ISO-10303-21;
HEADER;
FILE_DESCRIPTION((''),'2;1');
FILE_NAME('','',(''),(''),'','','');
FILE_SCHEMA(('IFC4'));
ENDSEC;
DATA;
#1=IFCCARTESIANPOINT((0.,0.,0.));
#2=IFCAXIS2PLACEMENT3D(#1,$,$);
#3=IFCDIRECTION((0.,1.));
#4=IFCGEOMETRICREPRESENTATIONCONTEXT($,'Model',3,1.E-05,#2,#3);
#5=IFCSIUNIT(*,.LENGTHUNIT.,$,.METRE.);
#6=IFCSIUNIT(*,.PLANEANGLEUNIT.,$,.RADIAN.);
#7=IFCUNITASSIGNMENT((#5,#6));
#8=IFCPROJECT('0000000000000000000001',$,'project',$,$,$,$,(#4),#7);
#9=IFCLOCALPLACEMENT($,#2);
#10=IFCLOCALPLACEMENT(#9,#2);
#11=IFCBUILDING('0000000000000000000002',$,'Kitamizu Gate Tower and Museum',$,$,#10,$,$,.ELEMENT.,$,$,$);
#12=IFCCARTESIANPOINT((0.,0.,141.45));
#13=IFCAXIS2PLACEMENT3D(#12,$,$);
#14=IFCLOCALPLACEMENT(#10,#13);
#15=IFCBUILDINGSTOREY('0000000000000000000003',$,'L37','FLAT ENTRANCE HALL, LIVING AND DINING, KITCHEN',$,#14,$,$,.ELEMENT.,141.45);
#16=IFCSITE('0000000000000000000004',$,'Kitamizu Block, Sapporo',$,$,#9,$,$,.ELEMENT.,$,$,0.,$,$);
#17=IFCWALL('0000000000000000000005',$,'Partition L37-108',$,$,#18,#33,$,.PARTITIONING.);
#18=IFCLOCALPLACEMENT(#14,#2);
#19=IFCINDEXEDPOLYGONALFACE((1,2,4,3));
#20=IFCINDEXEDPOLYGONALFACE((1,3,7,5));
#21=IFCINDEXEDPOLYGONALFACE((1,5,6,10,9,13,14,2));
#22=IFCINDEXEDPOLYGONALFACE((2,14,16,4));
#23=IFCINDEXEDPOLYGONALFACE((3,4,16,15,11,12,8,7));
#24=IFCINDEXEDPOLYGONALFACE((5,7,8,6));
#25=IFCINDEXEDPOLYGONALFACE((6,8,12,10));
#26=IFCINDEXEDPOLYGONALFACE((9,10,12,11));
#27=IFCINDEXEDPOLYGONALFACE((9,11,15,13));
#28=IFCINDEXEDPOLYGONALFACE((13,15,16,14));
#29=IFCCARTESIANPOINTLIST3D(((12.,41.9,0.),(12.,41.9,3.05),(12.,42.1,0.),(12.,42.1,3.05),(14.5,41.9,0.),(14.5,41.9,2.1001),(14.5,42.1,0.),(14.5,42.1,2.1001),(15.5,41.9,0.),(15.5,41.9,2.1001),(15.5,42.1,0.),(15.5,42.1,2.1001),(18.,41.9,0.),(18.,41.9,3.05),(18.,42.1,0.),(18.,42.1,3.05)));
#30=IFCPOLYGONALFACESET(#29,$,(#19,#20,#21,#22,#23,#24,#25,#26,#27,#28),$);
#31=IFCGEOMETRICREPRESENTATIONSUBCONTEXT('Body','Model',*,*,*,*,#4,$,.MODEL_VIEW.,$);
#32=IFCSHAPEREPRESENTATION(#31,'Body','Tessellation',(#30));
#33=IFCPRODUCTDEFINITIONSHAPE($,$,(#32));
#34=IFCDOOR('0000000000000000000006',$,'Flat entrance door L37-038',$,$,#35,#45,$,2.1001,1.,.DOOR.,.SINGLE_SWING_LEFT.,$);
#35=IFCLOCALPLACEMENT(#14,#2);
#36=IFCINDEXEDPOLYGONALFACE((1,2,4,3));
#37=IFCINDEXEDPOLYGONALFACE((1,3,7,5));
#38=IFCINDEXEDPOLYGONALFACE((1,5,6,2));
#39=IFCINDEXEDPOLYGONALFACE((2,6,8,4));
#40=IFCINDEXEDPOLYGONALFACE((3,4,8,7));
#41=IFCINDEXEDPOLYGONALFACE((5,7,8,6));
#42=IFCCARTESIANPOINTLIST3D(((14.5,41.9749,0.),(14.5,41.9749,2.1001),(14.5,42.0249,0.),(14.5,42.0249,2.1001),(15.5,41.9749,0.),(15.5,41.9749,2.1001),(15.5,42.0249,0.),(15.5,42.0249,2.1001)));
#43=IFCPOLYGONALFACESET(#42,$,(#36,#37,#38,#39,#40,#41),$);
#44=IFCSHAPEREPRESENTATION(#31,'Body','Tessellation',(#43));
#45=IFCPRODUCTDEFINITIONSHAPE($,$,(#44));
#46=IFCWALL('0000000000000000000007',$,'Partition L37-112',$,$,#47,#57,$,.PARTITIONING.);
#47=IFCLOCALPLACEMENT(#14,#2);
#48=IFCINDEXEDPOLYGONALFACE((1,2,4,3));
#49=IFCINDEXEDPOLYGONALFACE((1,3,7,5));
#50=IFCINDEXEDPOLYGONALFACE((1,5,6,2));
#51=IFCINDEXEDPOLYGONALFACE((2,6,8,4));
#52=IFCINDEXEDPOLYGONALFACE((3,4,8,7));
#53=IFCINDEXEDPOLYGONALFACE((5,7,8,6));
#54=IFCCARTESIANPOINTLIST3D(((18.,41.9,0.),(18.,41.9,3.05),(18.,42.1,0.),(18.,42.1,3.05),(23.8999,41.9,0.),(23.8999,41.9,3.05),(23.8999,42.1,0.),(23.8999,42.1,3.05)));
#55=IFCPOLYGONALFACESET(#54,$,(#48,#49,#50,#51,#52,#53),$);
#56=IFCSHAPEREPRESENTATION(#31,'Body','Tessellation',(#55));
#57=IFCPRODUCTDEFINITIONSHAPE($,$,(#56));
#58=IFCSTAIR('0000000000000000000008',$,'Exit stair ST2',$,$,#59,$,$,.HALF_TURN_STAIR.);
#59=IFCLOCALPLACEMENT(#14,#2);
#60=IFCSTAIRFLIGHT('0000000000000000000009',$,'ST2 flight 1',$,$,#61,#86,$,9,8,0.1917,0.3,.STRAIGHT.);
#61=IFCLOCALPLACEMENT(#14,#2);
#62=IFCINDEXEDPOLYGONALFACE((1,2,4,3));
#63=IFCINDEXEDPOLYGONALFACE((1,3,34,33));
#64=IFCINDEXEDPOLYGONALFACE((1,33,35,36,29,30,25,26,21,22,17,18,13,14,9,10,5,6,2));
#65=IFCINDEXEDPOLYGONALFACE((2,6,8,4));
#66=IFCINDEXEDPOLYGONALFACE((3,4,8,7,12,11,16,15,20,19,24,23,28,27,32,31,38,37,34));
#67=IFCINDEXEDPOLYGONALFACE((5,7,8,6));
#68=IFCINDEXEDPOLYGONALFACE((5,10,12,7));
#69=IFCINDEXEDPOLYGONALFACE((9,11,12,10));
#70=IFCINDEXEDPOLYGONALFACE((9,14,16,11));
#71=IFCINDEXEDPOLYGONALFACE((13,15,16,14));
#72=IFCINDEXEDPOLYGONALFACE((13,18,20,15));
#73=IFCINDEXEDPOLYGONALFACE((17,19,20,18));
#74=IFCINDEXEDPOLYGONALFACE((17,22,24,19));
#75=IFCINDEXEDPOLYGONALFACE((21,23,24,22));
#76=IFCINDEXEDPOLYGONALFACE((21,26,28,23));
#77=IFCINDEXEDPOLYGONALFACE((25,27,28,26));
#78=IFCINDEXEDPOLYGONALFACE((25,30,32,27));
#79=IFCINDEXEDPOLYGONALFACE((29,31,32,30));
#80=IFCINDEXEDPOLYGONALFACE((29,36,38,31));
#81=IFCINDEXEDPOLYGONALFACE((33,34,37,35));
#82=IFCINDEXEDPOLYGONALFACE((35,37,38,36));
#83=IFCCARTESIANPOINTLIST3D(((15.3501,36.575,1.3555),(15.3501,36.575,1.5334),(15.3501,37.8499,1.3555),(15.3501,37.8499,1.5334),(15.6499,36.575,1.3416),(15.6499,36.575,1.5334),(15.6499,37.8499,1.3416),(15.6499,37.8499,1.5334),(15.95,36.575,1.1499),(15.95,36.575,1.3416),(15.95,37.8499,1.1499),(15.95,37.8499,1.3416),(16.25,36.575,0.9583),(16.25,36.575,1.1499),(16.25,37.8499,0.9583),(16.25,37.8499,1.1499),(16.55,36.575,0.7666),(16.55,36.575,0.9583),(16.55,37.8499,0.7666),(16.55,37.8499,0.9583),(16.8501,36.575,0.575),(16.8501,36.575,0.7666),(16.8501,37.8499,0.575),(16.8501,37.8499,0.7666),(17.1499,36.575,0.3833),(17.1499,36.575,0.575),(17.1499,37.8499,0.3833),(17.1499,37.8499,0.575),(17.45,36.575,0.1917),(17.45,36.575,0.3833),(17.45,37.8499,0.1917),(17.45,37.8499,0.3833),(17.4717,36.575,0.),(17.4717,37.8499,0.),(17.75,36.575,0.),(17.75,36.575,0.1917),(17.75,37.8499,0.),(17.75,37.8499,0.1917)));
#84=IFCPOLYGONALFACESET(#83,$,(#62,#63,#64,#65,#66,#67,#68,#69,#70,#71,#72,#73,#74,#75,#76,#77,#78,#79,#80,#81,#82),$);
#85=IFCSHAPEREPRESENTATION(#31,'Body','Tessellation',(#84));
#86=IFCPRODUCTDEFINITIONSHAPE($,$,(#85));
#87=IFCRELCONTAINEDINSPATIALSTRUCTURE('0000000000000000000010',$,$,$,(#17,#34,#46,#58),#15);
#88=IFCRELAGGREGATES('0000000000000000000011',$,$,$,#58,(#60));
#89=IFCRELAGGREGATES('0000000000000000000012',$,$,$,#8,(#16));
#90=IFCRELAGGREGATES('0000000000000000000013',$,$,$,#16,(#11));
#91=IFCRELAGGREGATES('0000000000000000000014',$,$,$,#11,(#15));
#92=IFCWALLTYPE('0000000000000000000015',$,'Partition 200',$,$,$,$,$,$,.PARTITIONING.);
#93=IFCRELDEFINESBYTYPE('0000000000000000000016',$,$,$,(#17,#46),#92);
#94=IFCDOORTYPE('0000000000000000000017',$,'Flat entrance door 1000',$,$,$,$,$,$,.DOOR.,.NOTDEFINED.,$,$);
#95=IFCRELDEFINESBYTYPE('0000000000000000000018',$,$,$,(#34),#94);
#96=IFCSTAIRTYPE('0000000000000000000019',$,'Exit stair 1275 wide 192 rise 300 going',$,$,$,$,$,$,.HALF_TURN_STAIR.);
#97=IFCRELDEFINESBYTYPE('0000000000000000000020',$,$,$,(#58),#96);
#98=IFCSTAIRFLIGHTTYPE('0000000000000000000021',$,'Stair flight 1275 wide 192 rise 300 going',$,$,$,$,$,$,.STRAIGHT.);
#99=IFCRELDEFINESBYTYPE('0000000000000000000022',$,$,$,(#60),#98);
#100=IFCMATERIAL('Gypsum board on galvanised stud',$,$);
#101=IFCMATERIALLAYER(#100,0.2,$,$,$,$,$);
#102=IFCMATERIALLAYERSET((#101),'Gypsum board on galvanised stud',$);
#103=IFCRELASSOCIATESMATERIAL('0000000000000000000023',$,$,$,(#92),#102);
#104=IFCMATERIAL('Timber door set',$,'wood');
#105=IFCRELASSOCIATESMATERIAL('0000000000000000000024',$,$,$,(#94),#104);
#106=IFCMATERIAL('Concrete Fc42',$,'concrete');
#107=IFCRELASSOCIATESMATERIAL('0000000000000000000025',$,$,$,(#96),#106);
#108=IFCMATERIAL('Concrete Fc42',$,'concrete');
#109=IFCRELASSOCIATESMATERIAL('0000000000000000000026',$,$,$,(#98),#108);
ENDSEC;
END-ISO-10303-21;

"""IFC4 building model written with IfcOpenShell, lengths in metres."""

from ifc_helpers import new_model, si_unit, direction, frame, frame_2d, origin, place, context, subcontext, project, spatial, polyline, rectangle, outline, extrude, material, layer, layer_set, type_object, element, fill, aggregate, save


model = new_model("IFC4")

# Units and contexts
model_context = context("Model", 3, precision=1e-05, world=origin(), true_north=direction((0.0, 1.0)))
body_context = subcontext(model_context, "Body", "Model", "MODEL_VIEW")
ifc_project = project(units=[si_unit("LENGTHUNIT", "METRE"), si_unit("PLANEANGLEUNIT", "RADIAN")], contexts=[model_context])

# Site, building, storey
site_placement = place(None, origin())
site = spatial("IfcSite", under=ifc_project, at=site_placement, Name="Kitamizu Block, Sapporo", CompositionType="ELEMENT", RefElevation=0.0)
building_placement = place(site_placement, origin())
building = spatial("IfcBuilding", under=site, at=building_placement, Name="Kitamizu Gate Tower and Museum", CompositionType="ELEMENT")
storey_placement = place(building_placement, frame((0.0, 0.0, 141.45)))
storey = spatial("IfcBuildingStorey", under=building, at=storey_placement, Name="L37", Description="FLAT ENTRANCE HALL, LIVING AND DINING, KITCHEN", CompositionType="ELEMENT", Elevation=141.45)

# Shared definitions
ifc_material_1 = material(Name="Gypsum board on galvanised stud")
ifc_layer_1 = layer(ifc_material_1, 0.2)
ifc_layer_set_1 = layer_set([ifc_layer_1], Name="Gypsum board on galvanised stud")
wall_type_1 = type_object("IfcWallType", Name="Partition 200", PredefinedType="PARTITIONING", material=ifc_layer_set_1)

# Wall, opening, door
wall_1_placement = place(storey_placement, frame((12.0, 42.0, 0.0), z_axis=(0.0, 0.0, 1.0), x_axis=(1.0, 0.0, 0.0)))
wall_1 = element("IfcWall", 1, at=wall_1_placement, inside=storey, type_object=wall_type_1, Name="Partition L37-108", PredefinedType="PARTITIONING", context=body_context, shape_type="SweptSolid", body=[
    extrude(rectangle(XDim=6.0, YDim=0.2, at=frame_2d((3.0, 0.0))), origin(), (0.0, 0.0, 1.0), 3.05),
])
opening_1_placement = place(wall_1_placement, frame((2.5, 0.0, 0.0)))
opening_1 = element("IfcOpeningElement", 2, at=opening_1_placement, cuts=wall_1, PredefinedType="OPENING", context=body_context, shape_type="SweptSolid", body=[
    extrude(rectangle(XDim=1.0, YDim=2.1001, at=frame_2d((0.5, 1.05))), frame((0.0, 0.1099, 0.0), z_axis=(0.0, -1.0, 0.0), x_axis=(1.0, 0.0, 0.0)), (0.0, 0.0, 1.0), 0.22),
])
ifc_material_2 = material(Name="Timber door set", Category="wood")
door_type_1 = type_object("IfcDoorType", Name="Flat entrance door 1000", OperationType="NOTDEFINED", PredefinedType="DOOR", material=ifc_material_2)
door_1_placement = place(opening_1_placement, origin())
door_1 = element("IfcDoor", 3, at=door_1_placement, inside=storey, type_object=door_type_1, Name="Flat entrance door L37-038", OperationType="SINGLE_SWING_LEFT", OverallHeight=2.1001, OverallWidth=1.0, PredefinedType="DOOR", context=body_context, shape_type="SweptSolid", body=[
    extrude(rectangle(XDim=1.0, YDim=2.1001, at=frame_2d((0.5, 1.05))), frame((0.0, 0.0249, 0.0), z_axis=(0.0, -1.0, 0.0), x_axis=(1.0, 0.0, 0.0)), (0.0, 0.0, 1.0), 0.05),
])
fill(opening_1, door_1)

# Wall
wall_2_placement = place(storey_placement, frame((18.0, 42.0, 0.0), z_axis=(0.0, 0.0, 1.0), x_axis=(1.0, 0.0, 0.0)))
element("IfcWall", 4, at=wall_2_placement, inside=storey, type_object=wall_type_1, Name="Partition L37-112", PredefinedType="PARTITIONING", context=body_context, shape_type="SweptSolid", body=[
    extrude(rectangle(XDim=5.8999, YDim=0.2, at=frame_2d((2.95, 0.0))), origin(), (0.0, 0.0, 1.0), 3.05),
])

# Stair, stair flight
ifc_material_3 = material(Name="Concrete Fc42", Category="concrete")
stair_type = type_object("IfcStairType", Name="Exit stair 1275 wide 192 rise 300 going", PredefinedType="HALF_TURN_STAIR", material=ifc_material_3)
stair_placement = place(storey_placement, origin())
stair = element("IfcStair", 5, at=stair_placement, inside=storey, type_object=stair_type, Name="Exit stair ST2", PredefinedType="HALF_TURN_STAIR")
ifc_material_4 = material(Name="Concrete Fc42", Category="concrete")
stair_flight_type = type_object("IfcStairFlightType", Name="Stair flight 1275 wide 192 rise 300 going", PredefinedType="STRAIGHT", material=ifc_material_4)
stair_flight_placement = place(storey_placement, frame((17.75, 37.2124, 0.0), z_axis=(0.0, 0.0, 1.0), x_axis=(-1.0, 0.0, 0.0)))
stair_flight = element("IfcStairFlight", 6, at=stair_flight_placement, type_object=stair_flight_type, Name="ST2 flight 1", NumberOfRisers=9, NumberOfTreads=8, PredefinedType="STRAIGHT", RiserHeight=0.1917, TreadLength=0.3, context=body_context, shape_type="SweptSolid", body=[
    extrude(outline(polyline([(0.0, 0.0), (0.0, 0.1917), (0.3, 0.1917), (0.3, 0.3833), (0.6001, 0.3833), (0.6001, 0.575), (0.8999, 0.575), (0.8999, 0.7666), (1.2, 0.7666), (1.2, 0.9583), (1.5, 0.9583), (1.5, 1.1499), (1.8, 1.1499), (1.8, 1.3416), (2.1001, 1.3416), (2.1001, 1.5334), (2.3999, 1.5334), (2.3999, 1.7251), (2.3999, 1.3555), (0.2783, 0.0), (0.0, 0.0)])), frame((0.0, 0.6375, 0.0), z_axis=(0.0, -1.0, 0.0), x_axis=(1.0, 0.0, 0.0)), (0.0, 0.0, 1.0), 1.2749),
])
aggregate(stair, [stair_flight])

save(model, "model.ifc")
